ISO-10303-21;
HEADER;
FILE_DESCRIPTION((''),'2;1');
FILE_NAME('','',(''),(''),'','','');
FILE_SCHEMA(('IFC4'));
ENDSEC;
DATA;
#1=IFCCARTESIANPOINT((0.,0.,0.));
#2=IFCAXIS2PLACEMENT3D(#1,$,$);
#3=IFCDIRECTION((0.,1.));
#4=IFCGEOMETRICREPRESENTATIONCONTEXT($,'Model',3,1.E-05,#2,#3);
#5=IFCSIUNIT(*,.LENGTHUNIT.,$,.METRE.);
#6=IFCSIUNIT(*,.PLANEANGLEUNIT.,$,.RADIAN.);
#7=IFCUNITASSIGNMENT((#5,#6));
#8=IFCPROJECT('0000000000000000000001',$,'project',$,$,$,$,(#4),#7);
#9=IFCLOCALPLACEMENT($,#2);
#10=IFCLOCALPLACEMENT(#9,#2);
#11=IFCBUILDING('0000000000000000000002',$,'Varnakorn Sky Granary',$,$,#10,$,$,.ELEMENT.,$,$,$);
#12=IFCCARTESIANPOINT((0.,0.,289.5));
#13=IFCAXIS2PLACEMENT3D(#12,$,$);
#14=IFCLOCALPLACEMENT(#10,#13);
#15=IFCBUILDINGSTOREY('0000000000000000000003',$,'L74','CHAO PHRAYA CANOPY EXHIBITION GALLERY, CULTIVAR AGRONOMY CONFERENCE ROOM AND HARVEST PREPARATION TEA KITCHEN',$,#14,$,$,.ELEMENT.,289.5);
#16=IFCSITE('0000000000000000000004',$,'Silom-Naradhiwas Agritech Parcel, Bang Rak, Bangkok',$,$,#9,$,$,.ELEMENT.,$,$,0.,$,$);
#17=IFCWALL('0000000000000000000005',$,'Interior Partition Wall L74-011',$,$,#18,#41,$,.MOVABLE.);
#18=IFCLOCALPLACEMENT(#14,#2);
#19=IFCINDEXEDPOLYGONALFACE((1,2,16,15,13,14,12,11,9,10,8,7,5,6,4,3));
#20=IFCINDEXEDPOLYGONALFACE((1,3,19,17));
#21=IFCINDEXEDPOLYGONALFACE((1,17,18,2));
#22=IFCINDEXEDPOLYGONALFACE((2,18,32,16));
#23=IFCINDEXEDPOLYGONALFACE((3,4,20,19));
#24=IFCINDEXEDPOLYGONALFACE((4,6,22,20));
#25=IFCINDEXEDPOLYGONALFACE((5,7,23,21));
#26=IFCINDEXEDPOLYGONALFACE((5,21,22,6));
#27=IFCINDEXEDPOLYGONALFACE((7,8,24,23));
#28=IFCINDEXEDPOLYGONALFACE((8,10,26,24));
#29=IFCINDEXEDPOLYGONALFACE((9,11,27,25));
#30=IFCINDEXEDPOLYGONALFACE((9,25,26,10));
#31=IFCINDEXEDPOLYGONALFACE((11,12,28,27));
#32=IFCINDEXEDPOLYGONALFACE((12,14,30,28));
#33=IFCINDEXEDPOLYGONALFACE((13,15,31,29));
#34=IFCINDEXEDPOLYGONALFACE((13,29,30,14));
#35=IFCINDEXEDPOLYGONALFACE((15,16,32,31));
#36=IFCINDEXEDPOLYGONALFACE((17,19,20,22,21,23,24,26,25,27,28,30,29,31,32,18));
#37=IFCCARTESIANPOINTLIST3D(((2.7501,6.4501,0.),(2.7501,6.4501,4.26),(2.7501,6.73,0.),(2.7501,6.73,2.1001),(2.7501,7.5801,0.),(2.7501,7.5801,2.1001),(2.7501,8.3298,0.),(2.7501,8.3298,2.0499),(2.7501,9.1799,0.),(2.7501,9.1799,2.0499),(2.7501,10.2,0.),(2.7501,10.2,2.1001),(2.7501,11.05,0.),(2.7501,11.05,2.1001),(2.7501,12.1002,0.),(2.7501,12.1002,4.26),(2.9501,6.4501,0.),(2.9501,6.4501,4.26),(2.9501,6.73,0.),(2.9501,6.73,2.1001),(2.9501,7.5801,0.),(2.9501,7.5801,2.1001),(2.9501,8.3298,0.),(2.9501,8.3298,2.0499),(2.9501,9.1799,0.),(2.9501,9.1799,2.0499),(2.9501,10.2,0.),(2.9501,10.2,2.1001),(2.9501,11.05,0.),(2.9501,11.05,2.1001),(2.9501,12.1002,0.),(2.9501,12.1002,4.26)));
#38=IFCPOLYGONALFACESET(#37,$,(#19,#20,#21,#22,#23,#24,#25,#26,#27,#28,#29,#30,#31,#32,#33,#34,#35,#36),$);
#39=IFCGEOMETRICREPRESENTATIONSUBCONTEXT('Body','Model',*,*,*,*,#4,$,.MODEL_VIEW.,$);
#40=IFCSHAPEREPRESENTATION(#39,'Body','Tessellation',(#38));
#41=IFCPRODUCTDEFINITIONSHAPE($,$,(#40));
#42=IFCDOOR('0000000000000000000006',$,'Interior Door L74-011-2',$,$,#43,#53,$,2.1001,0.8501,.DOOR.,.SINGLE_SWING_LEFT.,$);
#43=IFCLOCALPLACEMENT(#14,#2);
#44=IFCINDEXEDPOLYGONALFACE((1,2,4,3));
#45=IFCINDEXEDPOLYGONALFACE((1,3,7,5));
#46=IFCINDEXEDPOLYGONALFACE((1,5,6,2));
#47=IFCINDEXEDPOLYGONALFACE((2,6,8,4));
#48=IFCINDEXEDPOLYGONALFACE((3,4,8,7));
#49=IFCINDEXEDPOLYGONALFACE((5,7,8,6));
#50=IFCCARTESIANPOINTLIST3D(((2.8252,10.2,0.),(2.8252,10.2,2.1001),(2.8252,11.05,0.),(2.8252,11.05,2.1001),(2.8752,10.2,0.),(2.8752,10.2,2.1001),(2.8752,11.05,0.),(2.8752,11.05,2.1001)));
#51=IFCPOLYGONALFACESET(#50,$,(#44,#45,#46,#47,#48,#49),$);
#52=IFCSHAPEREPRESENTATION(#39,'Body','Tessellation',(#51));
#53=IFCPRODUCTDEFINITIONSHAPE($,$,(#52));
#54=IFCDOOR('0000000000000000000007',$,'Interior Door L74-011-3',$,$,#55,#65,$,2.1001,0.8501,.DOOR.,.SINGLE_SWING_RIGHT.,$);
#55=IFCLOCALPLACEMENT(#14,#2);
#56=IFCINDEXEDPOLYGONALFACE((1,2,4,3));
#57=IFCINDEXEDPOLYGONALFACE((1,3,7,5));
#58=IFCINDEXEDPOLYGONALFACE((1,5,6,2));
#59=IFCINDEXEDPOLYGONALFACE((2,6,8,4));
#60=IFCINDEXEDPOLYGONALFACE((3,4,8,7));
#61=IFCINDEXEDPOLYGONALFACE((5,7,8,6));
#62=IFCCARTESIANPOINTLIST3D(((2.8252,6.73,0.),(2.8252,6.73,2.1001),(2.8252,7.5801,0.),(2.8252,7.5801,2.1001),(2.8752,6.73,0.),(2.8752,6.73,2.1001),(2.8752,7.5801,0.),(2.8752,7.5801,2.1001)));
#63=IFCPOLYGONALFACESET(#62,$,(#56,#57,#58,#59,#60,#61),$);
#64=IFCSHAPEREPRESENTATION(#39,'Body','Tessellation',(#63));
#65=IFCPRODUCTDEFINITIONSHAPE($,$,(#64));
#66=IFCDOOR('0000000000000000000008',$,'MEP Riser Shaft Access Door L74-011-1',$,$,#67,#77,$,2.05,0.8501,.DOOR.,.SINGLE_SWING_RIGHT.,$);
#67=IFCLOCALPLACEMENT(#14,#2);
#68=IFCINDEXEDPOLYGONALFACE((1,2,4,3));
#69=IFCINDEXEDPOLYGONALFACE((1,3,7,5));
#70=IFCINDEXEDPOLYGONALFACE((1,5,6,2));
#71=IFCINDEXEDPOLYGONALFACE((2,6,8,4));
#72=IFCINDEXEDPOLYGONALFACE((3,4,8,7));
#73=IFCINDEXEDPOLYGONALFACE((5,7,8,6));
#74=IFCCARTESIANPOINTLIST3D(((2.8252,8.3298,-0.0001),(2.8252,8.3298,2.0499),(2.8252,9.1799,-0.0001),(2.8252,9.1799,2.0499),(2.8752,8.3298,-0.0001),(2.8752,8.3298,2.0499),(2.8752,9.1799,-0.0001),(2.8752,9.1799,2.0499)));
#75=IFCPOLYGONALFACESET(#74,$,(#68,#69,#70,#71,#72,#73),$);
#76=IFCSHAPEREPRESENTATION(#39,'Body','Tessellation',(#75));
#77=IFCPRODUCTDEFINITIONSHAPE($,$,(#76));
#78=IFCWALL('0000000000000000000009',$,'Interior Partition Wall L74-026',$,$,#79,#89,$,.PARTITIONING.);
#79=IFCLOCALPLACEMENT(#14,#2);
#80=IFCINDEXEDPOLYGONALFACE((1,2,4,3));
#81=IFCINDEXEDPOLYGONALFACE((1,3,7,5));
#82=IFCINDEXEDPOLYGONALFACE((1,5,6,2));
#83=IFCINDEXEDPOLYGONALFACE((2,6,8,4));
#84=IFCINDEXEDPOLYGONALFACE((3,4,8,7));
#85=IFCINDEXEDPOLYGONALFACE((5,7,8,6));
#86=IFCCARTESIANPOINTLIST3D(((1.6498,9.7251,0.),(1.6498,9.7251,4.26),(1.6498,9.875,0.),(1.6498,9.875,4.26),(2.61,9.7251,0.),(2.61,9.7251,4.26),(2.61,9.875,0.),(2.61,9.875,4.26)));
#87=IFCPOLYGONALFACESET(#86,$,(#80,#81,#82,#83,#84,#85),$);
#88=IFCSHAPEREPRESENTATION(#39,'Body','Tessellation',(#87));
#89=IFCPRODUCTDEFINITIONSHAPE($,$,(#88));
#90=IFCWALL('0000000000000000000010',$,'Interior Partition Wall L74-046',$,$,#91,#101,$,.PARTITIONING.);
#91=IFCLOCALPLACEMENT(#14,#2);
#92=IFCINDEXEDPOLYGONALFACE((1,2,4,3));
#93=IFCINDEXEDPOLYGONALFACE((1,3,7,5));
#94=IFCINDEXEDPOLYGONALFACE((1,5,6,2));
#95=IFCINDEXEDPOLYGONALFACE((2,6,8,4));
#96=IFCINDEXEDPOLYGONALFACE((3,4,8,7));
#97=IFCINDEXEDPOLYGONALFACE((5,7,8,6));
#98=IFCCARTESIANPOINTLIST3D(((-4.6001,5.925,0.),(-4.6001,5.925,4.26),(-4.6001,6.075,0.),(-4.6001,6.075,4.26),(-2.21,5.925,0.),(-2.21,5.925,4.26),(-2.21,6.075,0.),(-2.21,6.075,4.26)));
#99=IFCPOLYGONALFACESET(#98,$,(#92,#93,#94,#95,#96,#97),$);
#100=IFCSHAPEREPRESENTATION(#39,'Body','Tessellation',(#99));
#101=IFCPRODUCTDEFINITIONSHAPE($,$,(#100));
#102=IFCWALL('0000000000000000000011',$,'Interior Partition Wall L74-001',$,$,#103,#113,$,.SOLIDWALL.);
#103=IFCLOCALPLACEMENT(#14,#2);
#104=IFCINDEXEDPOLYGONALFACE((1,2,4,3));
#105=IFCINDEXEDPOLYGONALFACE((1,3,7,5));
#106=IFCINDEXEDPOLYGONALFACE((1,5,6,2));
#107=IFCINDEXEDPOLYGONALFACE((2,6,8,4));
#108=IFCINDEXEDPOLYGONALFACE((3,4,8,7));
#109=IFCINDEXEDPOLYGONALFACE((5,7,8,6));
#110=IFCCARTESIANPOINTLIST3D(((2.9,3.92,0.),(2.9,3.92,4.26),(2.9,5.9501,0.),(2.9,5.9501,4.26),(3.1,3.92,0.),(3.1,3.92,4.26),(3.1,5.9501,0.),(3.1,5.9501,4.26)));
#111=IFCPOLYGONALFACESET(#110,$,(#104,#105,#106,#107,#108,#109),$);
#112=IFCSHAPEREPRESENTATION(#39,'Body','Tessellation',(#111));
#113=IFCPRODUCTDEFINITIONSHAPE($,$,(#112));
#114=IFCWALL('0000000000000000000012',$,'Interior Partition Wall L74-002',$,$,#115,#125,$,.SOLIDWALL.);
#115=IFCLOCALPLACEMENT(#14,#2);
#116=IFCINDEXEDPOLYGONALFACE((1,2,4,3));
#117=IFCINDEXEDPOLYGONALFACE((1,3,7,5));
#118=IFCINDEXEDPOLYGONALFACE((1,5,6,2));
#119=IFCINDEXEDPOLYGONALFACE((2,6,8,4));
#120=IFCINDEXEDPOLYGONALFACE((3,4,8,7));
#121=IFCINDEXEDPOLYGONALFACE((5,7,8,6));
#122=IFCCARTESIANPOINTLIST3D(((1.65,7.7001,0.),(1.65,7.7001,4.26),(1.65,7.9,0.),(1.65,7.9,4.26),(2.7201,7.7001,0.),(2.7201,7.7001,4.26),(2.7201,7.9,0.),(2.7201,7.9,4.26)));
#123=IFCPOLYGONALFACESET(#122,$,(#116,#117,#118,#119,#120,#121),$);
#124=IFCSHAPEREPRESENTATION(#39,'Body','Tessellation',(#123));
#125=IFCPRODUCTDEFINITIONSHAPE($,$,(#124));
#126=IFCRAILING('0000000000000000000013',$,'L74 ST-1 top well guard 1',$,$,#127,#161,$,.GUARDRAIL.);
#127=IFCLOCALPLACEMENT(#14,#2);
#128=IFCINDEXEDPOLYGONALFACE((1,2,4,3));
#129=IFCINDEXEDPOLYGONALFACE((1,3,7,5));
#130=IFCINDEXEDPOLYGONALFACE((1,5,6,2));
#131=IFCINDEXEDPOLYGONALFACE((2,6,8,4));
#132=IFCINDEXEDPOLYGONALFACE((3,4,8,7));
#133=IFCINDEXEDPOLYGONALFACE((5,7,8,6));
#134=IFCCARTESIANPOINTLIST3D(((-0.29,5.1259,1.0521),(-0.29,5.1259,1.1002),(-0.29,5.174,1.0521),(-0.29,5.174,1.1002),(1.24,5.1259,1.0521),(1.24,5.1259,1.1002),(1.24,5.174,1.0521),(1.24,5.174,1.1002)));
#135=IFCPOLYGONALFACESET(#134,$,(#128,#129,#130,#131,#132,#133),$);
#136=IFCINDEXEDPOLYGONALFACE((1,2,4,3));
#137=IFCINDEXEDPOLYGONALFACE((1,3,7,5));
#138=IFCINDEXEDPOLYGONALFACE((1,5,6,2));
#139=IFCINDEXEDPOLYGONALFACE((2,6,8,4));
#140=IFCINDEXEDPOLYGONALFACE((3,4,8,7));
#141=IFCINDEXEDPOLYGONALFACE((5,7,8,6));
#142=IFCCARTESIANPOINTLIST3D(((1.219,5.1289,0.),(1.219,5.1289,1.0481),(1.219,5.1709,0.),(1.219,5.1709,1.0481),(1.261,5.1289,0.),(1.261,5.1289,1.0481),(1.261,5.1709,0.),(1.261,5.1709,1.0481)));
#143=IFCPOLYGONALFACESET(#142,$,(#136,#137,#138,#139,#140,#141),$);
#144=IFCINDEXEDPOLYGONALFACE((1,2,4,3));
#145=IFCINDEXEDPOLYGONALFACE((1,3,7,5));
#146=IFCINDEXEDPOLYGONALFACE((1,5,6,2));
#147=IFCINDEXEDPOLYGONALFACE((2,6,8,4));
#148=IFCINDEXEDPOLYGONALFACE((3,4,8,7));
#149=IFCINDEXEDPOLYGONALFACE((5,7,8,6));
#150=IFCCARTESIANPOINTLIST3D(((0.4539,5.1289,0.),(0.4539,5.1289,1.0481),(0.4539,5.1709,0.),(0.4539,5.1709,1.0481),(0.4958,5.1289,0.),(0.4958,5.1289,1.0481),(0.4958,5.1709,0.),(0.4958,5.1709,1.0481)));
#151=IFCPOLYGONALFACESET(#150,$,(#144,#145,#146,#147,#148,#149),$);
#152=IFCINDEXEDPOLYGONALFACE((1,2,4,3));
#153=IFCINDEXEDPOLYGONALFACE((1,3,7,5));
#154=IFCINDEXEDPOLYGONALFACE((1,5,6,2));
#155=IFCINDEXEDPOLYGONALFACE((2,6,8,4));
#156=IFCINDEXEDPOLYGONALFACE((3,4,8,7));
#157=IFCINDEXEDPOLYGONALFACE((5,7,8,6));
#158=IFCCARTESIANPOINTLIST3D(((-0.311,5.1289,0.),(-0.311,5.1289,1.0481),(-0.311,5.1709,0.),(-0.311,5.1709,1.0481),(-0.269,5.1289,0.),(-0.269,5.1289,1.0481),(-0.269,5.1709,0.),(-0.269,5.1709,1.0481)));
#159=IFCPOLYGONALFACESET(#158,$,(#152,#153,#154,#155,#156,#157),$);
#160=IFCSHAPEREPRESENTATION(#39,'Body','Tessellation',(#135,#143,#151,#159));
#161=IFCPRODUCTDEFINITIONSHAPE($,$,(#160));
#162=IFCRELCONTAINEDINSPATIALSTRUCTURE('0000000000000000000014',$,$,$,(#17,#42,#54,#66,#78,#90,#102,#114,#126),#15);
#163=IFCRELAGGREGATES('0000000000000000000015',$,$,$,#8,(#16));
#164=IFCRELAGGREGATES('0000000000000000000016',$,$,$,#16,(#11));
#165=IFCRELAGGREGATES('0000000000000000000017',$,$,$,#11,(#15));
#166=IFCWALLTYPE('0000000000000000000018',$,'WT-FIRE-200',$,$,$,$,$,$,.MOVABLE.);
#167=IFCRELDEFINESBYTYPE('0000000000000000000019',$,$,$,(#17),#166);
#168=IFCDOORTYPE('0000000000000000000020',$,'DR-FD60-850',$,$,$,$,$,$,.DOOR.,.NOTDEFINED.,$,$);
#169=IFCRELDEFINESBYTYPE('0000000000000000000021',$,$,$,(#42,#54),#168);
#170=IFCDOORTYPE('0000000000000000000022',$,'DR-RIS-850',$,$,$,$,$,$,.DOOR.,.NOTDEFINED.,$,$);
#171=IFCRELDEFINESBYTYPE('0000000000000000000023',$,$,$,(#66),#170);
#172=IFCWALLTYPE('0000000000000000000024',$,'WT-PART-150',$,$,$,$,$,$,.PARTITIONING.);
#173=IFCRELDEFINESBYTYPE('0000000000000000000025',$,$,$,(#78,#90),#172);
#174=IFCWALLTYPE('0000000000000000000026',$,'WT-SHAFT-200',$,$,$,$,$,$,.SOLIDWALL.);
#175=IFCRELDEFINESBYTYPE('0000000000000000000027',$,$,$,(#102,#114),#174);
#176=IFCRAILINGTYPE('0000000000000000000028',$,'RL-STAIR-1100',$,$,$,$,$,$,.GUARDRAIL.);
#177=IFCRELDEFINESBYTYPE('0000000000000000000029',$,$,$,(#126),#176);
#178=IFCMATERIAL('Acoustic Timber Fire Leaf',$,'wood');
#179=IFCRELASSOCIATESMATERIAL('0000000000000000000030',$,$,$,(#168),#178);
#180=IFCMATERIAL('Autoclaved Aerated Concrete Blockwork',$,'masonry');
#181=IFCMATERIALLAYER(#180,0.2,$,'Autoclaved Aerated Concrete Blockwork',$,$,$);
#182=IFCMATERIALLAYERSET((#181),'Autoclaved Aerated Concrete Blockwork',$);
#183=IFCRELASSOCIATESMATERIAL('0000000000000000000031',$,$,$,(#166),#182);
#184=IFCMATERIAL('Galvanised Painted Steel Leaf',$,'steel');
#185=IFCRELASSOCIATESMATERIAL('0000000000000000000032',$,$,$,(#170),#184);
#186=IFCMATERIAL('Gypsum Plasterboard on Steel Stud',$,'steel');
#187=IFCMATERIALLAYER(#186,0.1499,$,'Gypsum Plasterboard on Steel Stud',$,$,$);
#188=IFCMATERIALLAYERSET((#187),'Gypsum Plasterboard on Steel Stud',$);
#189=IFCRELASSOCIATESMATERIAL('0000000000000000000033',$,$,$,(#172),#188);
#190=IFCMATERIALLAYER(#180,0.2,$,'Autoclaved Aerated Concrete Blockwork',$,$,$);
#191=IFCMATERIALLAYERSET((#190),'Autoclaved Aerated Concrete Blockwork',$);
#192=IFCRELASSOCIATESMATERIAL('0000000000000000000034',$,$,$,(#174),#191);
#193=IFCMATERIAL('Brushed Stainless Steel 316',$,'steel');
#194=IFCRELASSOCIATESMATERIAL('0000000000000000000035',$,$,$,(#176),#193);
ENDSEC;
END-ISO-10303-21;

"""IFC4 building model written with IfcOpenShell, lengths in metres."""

from ifc_helpers import new_model, si_unit, direction, frame, frame_2d, origin, origin_2d, place, context, subcontext, project, spatial, rectangle, extrude, material, layer, layer_set, type_object, element, fill, save


model = new_model("IFC4")

# Units and contexts
model_context = context("Model", 3, precision=1e-05, world=origin(), true_north=direction((0.0, 1.0)))
body_context = subcontext(model_context, "Body", "Model", "MODEL_VIEW")
ifc_project = project(units=[si_unit("LENGTHUNIT", "METRE"), si_unit("PLANEANGLEUNIT", "RADIAN")], contexts=[model_context])

# Site, building, storey
site_placement = place(None, origin())
site = spatial("IfcSite", under=ifc_project, at=site_placement, Name="Silom-Naradhiwas Agritech Parcel, Bang Rak, Bangkok", CompositionType="ELEMENT", RefElevation=0.0)
building_placement = place(site_placement, origin())
building = spatial("IfcBuilding", under=site, at=building_placement, Name="Varnakorn Sky Granary", CompositionType="ELEMENT")
storey_placement = place(building_placement, frame((0.0, 0.0, 289.5)))
storey = spatial("IfcBuildingStorey", under=building, at=storey_placement, Name="L74", Description="CHAO PHRAYA CANOPY EXHIBITION GALLERY, CULTIVAR AGRONOMY CONFERENCE ROOM AND HARVEST PREPARATION TEA KITCHEN", CompositionType="ELEMENT", Elevation=289.5)

# Shared definitions
ifc_material_1 = material(Name="Acoustic Timber Fire Leaf", Category="wood")
door_type_1 = type_object("IfcDoorType", Name="DR-FD60-850", OperationType="NOTDEFINED", PredefinedType="DOOR", material=ifc_material_1)

# Wall, openings, doors
ifc_material_2 = material(Name="Autoclaved Aerated Concrete Blockwork", Category="masonry")
ifc_layer_1 = layer(ifc_material_2, 0.2, Name="Autoclaved Aerated Concrete Blockwork")
ifc_layer_set_1 = layer_set([ifc_layer_1], Name="Autoclaved Aerated Concrete Blockwork")
wall_type_1 = type_object("IfcWallType", Name="WT-FIRE-200", PredefinedType="MOVABLE", material=ifc_layer_set_1)
wall_1_placement = place(storey_placement, frame((2.8501, 6.45, 0.0), z_axis=(0.0, 0.0, 1.0), x_axis=(0.0, 1.0, 0.0)))
wall_1 = element("IfcWall", 1, at=wall_1_placement, inside=storey, type_object=wall_type_1, Name="Interior Partition Wall L74-011", PredefinedType="MOVABLE", context=body_context, shape_type="SweptSolid", body=[
    extrude(rectangle(XDim=5.6501, YDim=0.2, at=frame_2d((2.8252, 0.0))), origin(), (0.0, 0.0, 1.0), 4.26),
])
opening_1_placement = place(wall_1_placement, frame((1.8799, 0.0, 0.0)))
opening_1 = element("IfcOpeningElement", 2, at=opening_1_placement, cuts=wall_1, PredefinedType="OPENING", context=body_context, shape_type="SweptSolid", body=[
    extrude(rectangle(XDim=0.8501, YDim=2.05, at=frame_2d((0.425, 1.0249))), frame((0.0, 0.1099, 0.0), z_axis=(0.0, -1.0, 0.0), x_axis=(1.0, 0.0, 0.0)), (0.0, 0.0, 1.0), 0.22),
])
opening_2_placement = place(wall_1_placement, frame((3.75, 0.0, 0.0)))
opening_2 = element("IfcOpeningElement", 3, at=opening_2_placement, cuts=wall_1, PredefinedType="OPENING", context=body_context, shape_type="SweptSolid", body=[
    extrude(rectangle(XDim=0.8501, YDim=2.1001, at=frame_2d((0.425, 1.05))), frame((0.0, 0.1099, 0.0), z_axis=(0.0, -1.0, 0.0), x_axis=(1.0, 0.0, 0.0)), (0.0, 0.0, 1.0), 0.22),
])
opening_3_placement = place(wall_1_placement, frame((0.28, 0.0, 0.0)))
opening_3 = element("IfcOpeningElement", 4, at=opening_3_placement, cuts=wall_1, PredefinedType="OPENING", context=body_context, shape_type="SweptSolid", body=[
    extrude(rectangle(XDim=0.8501, YDim=2.1001, at=frame_2d((0.425, 1.05))), frame((0.0, 0.1099, 0.0), z_axis=(0.0, -1.0, 0.0), x_axis=(1.0, 0.0, 0.0)), (0.0, 0.0, 1.0), 0.22),
])
door_1_placement = place(opening_2_placement, origin())
door_1 = element("IfcDoor", 5, at=door_1_placement, inside=storey, type_object=door_type_1, Name="Interior Door L74-011-2", OperationType="SINGLE_SWING_LEFT", OverallHeight=2.1001, OverallWidth=0.8501, PredefinedType="DOOR", context=body_context, shape_type="SweptSolid", body=[
    extrude(rectangle(XDim=0.8501, YDim=2.1001, at=frame_2d((0.425, 1.05))), frame((0.0, 0.0249, 0.0), z_axis=(0.0, -1.0, 0.0), x_axis=(1.0, 0.0, 0.0)), (0.0, 0.0, 1.0), 0.05),
])
fill(opening_2, door_1)
door_2_placement = place(opening_3_placement, origin())
door_2 = element("IfcDoor", 6, at=door_2_placement, inside=storey, type_object=door_type_1, Name="Interior Door L74-011-3", OperationType="SINGLE_SWING_RIGHT", OverallHeight=2.1001, OverallWidth=0.8501, PredefinedType="DOOR", context=body_context, shape_type="SweptSolid", body=[
    extrude(rectangle(XDim=0.8501, YDim=2.1001, at=frame_2d((0.425, 1.05))), frame((0.0, 0.0249, 0.0), z_axis=(0.0, -1.0, 0.0), x_axis=(1.0, 0.0, 0.0)), (0.0, 0.0, 1.0), 0.05),
])
fill(opening_3, door_2)
ifc_material_3 = material(Name="Galvanised Painted Steel Leaf", Category="steel")
door_type_2 = type_object("IfcDoorType", Name="DR-RIS-850", OperationType="NOTDEFINED", PredefinedType="DOOR", material=ifc_material_3)
door_3_placement = place(opening_1_placement, origin())
door_3 = element("IfcDoor", 7, at=door_3_placement, inside=storey, type_object=door_type_2, Name="MEP Riser Shaft Access Door L74-011-1", OperationType="SINGLE_SWING_RIGHT", OverallHeight=2.05, OverallWidth=0.8501, PredefinedType="DOOR", context=body_context, shape_type="SweptSolid", body=[
    extrude(rectangle(XDim=0.8501, YDim=2.05, at=frame_2d((0.425, 1.0249))), frame((0.0, 0.0249, 0.0), z_axis=(0.0, -1.0, 0.0), x_axis=(1.0, 0.0, 0.0)), (0.0, 0.0, 1.0), 0.05),
])
fill(opening_1, door_3)

# Walls
ifc_material_4 = material(Name="Gypsum Plasterboard on Steel Stud", Category="steel")
ifc_layer_2 = layer(ifc_material_4, 0.1499, Name="Gypsum Plasterboard on Steel Stud")
ifc_layer_set_2 = layer_set([ifc_layer_2], Name="Gypsum Plasterboard on Steel Stud")
wall_type_2 = type_object("IfcWallType", Name="WT-PART-150", PredefinedType="PARTITIONING", material=ifc_layer_set_2)
wall_2_placement = place(storey_placement, frame((1.6499, 9.8, 0.0), z_axis=(0.0, 0.0, 1.0), x_axis=(1.0, 0.0, 0.0)))
element("IfcWall", 8, at=wall_2_placement, inside=storey, type_object=wall_type_2, Name="Interior Partition Wall L74-026", PredefinedType="PARTITIONING", context=body_context, shape_type="SweptSolid", body=[
    extrude(rectangle(XDim=0.9602, YDim=0.1499, at=frame_2d((0.48, 0.0))), origin(), (0.0, 0.0, 1.0), 4.26),
])
wall_3_placement = place(storey_placement, frame((-2.21, 6.0, 0.0), z_axis=(0.0, 0.0, 1.0), x_axis=(-1.0, 0.0, 0.0)))
element("IfcWall", 9, at=wall_3_placement, inside=storey, type_object=wall_type_2, Name="Interior Partition Wall L74-046", PredefinedType="PARTITIONING", context=body_context, shape_type="SweptSolid", body=[
    extrude(rectangle(XDim=2.3901, YDim=0.1499, at=frame_2d((1.1951, 0.0))), origin(), (0.0, 0.0, 1.0), 4.26),
])
ifc_layer_3 = layer(ifc_material_2, 0.2, Name="Autoclaved Aerated Concrete Blockwork")
ifc_layer_set_3 = layer_set([ifc_layer_3], Name="Autoclaved Aerated Concrete Blockwork")
wall_type_3 = type_object("IfcWallType", Name="WT-SHAFT-200", PredefinedType="SOLIDWALL", material=ifc_layer_set_3)
wall_4_placement = place(storey_placement, frame((3.0, 3.9199, 0.0), z_axis=(0.0, 0.0, 1.0), x_axis=(0.0, 1.0, 0.0)))
element("IfcWall", 10, at=wall_4_placement, inside=storey, type_object=wall_type_3, Name="Interior Partition Wall L74-001", PredefinedType="SOLIDWALL", context=body_context, shape_type="SweptSolid", body=[
    extrude(rectangle(XDim=2.03, YDim=0.2, at=frame_2d((1.0151, 0.0))), origin(), (0.0, 0.0, 1.0), 4.26),
])
wall_5_placement = place(storey_placement, frame((1.6499, 7.8, 0.0), z_axis=(0.0, 0.0, 1.0), x_axis=(1.0, 0.0, 0.0)))
element("IfcWall", 11, at=wall_5_placement, inside=storey, type_object=wall_type_3, Name="Interior Partition Wall L74-002", PredefinedType="SOLIDWALL", context=body_context, shape_type="SweptSolid", body=[
    extrude(rectangle(XDim=1.0701, YDim=0.2, at=frame_2d((0.5352, 0.0))), origin(), (0.0, 0.0, 1.0), 4.26),
])

# Railing
ifc_material_5 = material(Name="Brushed Stainless Steel 316", Category="steel")
railing_type = type_object("IfcRailingType", Name="RL-STAIR-1100", PredefinedType="GUARDRAIL", material=ifc_material_5)
railing_placement = place(storey_placement, frame((1.24, 5.1499, 0.0)))
element("IfcRailing", 12, at=railing_placement, inside=storey, type_object=railing_type, Name="L74 ST-1 top well guard 1", PredefinedType="GUARDRAIL", context=body_context, shape_type="SweptSolid", body=[
    extrude(rectangle(XDim=0.0481, YDim=0.0481, at=origin_2d()), frame((0.0, 0.0, 1.0762), z_axis=(-1.0, 0.0, 0.0), x_axis=(0.0, -1.0, 0.0)), (0.0, 0.0, 1.0), 1.53),
    extrude(rectangle(XDim=0.042, YDim=0.042, at=origin_2d()), origin(), (0.0, 0.0, 1.0), 1.0481),
    extrude(rectangle(XDim=0.042, YDim=0.042, at=origin_2d()), frame((-0.7651, 0.0, 0.0)), (0.0, 0.0, 1.0), 1.0481),
    extrude(rectangle(XDim=0.042, YDim=0.042, at=origin_2d()), frame((-1.53, 0.0, 0.0)), (0.0, 0.0, 1.0), 1.0481),
])

save(model, "model.ifc")
